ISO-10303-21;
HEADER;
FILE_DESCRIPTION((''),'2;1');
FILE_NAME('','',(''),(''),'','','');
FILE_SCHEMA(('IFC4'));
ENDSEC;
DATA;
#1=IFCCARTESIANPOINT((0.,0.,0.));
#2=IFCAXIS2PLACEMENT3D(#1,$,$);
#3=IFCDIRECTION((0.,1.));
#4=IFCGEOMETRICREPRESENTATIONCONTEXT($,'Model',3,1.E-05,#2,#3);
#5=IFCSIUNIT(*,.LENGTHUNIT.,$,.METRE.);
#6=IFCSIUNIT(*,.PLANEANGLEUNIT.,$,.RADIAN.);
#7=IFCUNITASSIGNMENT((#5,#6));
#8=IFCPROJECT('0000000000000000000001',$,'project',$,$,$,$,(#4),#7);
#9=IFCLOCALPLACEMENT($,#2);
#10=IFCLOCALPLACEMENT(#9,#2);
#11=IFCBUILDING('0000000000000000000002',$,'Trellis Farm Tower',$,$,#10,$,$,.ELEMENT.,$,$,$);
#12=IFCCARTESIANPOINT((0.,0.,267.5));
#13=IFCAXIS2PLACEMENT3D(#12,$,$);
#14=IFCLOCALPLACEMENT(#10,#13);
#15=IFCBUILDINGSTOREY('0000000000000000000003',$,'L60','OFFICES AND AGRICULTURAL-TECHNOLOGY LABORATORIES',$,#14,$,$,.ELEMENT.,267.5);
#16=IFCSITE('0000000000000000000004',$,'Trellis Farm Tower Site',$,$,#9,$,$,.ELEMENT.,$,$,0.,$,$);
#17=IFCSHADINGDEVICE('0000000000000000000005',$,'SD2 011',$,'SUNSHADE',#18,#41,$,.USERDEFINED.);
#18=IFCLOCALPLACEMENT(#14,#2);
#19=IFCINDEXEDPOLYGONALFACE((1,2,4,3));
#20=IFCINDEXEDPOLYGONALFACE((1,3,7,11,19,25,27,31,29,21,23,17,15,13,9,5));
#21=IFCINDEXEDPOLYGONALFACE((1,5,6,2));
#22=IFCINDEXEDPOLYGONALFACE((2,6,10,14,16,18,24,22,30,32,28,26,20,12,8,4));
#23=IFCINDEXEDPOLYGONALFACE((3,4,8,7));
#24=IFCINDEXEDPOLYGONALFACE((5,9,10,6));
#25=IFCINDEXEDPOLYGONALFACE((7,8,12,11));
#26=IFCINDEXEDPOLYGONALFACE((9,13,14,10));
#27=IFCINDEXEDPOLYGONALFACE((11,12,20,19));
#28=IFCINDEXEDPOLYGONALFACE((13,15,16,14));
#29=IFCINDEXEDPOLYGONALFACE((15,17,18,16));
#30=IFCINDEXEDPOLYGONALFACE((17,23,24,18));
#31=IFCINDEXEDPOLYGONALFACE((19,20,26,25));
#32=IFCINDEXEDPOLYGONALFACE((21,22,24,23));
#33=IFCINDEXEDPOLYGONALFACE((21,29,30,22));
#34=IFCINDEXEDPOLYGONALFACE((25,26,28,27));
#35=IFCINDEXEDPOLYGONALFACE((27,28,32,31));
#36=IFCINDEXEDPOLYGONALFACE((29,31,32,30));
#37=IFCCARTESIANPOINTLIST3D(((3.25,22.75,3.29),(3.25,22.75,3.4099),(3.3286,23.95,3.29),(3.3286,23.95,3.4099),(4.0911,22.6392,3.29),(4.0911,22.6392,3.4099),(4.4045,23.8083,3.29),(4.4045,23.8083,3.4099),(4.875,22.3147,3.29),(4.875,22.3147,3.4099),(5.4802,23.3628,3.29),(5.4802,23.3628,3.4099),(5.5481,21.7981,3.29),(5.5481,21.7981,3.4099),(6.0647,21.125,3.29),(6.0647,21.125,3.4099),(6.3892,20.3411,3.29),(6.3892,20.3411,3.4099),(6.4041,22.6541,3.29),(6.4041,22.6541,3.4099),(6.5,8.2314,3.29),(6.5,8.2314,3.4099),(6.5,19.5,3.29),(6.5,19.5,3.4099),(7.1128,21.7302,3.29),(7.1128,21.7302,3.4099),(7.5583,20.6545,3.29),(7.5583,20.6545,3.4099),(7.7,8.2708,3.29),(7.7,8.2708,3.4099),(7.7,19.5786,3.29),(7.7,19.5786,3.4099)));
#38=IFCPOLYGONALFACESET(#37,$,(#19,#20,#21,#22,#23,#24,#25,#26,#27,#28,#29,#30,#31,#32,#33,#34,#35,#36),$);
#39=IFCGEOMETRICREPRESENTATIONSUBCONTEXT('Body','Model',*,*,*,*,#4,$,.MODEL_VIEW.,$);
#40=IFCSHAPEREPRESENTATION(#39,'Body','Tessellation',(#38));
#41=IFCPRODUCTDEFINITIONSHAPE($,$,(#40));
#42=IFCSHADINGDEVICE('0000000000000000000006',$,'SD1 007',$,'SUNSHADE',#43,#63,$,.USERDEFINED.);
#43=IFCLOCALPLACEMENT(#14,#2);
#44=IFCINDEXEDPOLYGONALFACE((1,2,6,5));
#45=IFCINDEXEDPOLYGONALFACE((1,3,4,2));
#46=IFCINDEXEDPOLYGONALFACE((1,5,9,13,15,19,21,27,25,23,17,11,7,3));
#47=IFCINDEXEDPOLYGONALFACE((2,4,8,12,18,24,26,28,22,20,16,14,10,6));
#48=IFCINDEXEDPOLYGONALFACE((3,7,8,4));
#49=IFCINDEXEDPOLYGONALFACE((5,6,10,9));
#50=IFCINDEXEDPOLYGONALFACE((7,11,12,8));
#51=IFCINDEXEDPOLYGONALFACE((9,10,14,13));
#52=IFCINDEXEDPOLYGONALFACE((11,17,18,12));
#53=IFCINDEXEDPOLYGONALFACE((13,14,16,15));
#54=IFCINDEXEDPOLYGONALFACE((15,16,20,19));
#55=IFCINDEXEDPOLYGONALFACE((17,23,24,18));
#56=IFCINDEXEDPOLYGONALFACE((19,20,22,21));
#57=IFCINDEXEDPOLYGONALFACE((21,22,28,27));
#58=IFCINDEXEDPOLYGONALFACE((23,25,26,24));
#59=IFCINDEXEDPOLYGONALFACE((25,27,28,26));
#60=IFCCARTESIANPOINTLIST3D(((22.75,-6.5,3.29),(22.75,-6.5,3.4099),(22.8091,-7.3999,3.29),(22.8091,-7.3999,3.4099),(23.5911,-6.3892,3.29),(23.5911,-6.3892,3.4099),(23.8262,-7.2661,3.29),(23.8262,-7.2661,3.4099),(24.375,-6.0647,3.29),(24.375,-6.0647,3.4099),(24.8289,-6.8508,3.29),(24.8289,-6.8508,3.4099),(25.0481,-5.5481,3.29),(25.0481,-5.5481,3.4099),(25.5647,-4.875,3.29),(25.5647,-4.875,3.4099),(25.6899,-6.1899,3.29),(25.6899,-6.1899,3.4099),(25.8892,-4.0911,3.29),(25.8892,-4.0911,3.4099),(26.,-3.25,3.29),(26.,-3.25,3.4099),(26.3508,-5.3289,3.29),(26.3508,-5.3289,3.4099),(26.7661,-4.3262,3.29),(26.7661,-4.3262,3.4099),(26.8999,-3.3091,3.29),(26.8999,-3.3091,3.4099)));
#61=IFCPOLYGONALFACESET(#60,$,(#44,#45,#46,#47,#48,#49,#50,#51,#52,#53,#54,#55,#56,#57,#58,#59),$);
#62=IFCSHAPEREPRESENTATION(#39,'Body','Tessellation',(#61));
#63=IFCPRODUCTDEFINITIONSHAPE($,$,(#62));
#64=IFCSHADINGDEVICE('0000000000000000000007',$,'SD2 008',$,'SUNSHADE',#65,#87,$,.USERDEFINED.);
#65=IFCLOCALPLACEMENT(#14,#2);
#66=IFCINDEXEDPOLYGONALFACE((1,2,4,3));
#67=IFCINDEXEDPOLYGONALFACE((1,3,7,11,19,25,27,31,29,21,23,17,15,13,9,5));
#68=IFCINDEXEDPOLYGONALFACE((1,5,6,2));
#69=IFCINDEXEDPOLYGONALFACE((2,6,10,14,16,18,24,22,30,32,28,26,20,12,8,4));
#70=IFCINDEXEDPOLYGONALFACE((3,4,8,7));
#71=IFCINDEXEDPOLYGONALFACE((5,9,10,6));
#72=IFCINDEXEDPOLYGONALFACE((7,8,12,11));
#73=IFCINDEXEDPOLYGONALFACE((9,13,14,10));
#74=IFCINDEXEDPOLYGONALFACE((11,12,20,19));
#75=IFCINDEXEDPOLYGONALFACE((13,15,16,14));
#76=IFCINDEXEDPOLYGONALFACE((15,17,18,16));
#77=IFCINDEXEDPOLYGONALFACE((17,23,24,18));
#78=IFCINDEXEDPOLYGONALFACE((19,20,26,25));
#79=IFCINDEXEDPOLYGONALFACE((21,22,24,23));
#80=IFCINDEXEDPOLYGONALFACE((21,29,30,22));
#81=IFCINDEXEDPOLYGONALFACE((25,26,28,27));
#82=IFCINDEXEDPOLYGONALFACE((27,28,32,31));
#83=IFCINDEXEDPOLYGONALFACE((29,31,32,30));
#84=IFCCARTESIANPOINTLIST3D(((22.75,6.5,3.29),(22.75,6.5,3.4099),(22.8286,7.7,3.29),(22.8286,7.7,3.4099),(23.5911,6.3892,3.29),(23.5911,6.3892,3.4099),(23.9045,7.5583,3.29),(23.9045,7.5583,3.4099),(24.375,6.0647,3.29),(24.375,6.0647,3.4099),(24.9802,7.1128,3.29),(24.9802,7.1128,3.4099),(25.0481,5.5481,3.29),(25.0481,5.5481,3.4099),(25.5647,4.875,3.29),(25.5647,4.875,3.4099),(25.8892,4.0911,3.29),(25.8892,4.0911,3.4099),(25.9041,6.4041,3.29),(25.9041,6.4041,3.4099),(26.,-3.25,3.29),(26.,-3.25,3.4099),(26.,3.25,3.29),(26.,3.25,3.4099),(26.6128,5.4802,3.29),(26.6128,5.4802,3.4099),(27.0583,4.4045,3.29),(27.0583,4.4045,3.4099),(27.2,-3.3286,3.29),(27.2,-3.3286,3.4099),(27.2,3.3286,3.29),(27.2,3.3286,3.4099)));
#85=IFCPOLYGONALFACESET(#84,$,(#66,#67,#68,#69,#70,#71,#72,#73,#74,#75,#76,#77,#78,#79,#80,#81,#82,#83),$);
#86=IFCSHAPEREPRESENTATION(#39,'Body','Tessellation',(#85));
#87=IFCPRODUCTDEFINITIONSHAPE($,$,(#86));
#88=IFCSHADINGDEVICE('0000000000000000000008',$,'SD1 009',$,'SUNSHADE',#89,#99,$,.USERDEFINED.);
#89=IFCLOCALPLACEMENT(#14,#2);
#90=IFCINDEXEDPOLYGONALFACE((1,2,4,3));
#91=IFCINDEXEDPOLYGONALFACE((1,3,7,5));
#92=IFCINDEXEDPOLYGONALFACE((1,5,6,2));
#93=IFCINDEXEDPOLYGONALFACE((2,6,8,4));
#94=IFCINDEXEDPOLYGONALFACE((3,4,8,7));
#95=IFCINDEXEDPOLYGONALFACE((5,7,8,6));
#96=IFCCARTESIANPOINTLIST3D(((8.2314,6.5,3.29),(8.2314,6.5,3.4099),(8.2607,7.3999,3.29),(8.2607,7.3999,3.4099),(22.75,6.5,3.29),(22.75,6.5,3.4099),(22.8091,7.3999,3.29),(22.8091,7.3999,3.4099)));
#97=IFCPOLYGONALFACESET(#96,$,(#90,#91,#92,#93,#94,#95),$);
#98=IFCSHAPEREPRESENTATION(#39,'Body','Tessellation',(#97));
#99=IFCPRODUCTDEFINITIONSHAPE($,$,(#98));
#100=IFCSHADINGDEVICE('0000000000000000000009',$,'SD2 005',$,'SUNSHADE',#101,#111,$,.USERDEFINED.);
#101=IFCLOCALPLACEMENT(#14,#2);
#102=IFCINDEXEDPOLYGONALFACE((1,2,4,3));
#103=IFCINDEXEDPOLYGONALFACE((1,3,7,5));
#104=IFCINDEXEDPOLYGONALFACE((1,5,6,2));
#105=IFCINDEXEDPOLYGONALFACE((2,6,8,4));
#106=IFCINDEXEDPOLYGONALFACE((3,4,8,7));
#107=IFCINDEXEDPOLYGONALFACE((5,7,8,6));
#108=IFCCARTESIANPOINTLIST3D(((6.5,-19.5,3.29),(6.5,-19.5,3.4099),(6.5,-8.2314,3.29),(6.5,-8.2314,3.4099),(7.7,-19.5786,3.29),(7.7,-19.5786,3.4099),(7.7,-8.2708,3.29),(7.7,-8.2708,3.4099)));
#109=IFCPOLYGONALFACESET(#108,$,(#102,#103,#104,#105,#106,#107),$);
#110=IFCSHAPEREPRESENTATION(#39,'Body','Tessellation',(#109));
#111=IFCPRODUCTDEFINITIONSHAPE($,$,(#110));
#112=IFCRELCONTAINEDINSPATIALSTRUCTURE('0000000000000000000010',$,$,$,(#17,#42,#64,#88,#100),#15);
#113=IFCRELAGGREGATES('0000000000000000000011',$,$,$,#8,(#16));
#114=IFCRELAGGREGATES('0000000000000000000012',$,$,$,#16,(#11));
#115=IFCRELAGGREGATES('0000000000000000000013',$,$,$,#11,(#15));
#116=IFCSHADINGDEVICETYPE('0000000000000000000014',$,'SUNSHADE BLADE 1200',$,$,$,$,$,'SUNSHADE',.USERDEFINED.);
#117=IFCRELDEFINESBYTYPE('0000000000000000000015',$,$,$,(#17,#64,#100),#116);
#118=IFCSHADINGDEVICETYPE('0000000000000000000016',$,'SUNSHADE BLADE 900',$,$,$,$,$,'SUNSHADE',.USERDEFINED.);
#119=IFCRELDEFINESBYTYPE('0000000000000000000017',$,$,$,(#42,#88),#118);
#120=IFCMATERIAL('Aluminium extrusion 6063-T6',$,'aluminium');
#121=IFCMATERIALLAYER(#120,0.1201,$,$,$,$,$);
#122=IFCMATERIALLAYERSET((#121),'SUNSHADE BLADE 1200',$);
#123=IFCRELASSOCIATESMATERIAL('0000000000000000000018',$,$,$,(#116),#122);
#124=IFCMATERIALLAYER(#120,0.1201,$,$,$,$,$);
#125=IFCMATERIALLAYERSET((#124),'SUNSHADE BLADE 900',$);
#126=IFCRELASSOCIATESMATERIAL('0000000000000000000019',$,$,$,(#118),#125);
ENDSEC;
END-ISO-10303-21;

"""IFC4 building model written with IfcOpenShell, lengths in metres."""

from ifc_helpers import new_model, si_unit, direction, frame, origin, place, context, subcontext, project, spatial, polyline, outline, extrude, source, transform, mapped, material, layer, layer_set, type_object, element, save


model = new_model("IFC4")

# Units and contexts
model_context = context("Model", 3, precision=1e-05, world=origin(), true_north=direction((0.0, 1.0)))
body_context = subcontext(model_context, "Body", "Model", "MODEL_VIEW")
ifc_project = project(units=[si_unit("LENGTHUNIT", "METRE"), si_unit("PLANEANGLEUNIT", "RADIAN")], contexts=[model_context])

# Site, building, storey
site_placement = place(None, origin())
site = spatial("IfcSite", under=ifc_project, at=site_placement, Name="Trellis Farm Tower Site", CompositionType="ELEMENT", RefElevation=0.0)
building_placement = place(site_placement, origin())
building = spatial("IfcBuilding", under=site, at=building_placement, Name="Trellis Farm Tower", CompositionType="ELEMENT")
storey_placement = place(building_placement, frame((0.0, 0.0, 267.5)))
storey = spatial("IfcBuildingStorey", under=building, at=storey_placement, Name="L60", Description="OFFICES AND AGRICULTURAL-TECHNOLOGY LABORATORIES", CompositionType="ELEMENT", Elevation=267.5)

# Shared definitions
ifc_material_1 = material(Name="Aluminium extrusion 6063-T6", Category="aluminium")

# Shading devices
ifc_layer_1 = layer(ifc_material_1, 0.1201)
ifc_layer_set_1 = layer_set([ifc_layer_1], Name="SUNSHADE BLADE 1200")
shading_device_type_1 = type_object("IfcShadingDeviceType", Name="SUNSHADE BLADE 1200", ElementType="SUNSHADE", PredefinedType="USERDEFINED", material=ifc_layer_set_1)
placement_1 = place(storey_placement, frame((0.0, 0.0, 3.29)))
ifc_layer_2 = layer(ifc_material_1, 0.1201)
ifc_layer_set_2 = layer_set([ifc_layer_2], Name="SUNSHADE BLADE 900")
shading_device_type_2 = type_object("IfcShadingDeviceType", Name="SUNSHADE BLADE 900", ElementType="SUNSHADE", PredefinedType="USERDEFINED", material=ifc_layer_set_2)
shared_shape_1 = source(origin(), body_context, "Body", "SweptSolid", [
    extrude(outline(polyline([(7.7, 8.2708), (7.7, 19.5786), (7.5583, 20.6545), (7.1128, 21.7302), (6.4041, 22.6541), (5.4802, 23.3628), (4.4045, 23.8083), (3.3286, 23.95), (3.25, 22.75), (4.0911, 22.6392), (4.875, 22.3147), (5.5481, 21.7981), (6.0647, 21.125), (6.3892, 20.3411), (6.5, 19.5), (6.5, 8.2314), (7.7, 8.2708)])), origin(), (0.0, 0.0, 1.0), 0.1199),
])
element("IfcShadingDevice", 1, at=placement_1, inside=storey, type_object=shading_device_type_1, Name="SD2 011", ObjectType="SUNSHADE", PredefinedType="USERDEFINED", context=body_context, shape_type="MappedRepresentation", body=[
    mapped(shared_shape_1, transform((0.0, 0.0, 0.0))),
])
shared_shape_2 = source(origin(), body_context, "Body", "SweptSolid", [
    extrude(outline(polyline([(22.8091, -7.3999), (23.8262, -7.2661), (24.8289, -6.8508), (25.6899, -6.1899), (26.3508, -5.3289), (26.7661, -4.3262), (26.8999, -3.3091), (26.0, -3.25), (25.8892, -4.0911), (25.5647, -4.875), (25.0481, -5.5481), (24.375, -6.0647), (23.5911, -6.3892), (22.75, -6.5), (22.8091, -7.3999)])), origin(), (0.0, 0.0, 1.0), 0.1199),
])
element("IfcShadingDevice", 2, at=placement_1, inside=storey, type_object=shading_device_type_2, Name="SD1 007", ObjectType="SUNSHADE", PredefinedType="USERDEFINED", context=body_context, shape_type="MappedRepresentation", body=[
    mapped(shared_shape_2, transform((0.0, 0.0, 0.0))),
])
shared_shape_3 = source(origin(), body_context, "Body", "SweptSolid", [
    extrude(outline(polyline([(27.2, -3.3286), (27.2, 3.3286), (27.0583, 4.4045), (26.6128, 5.4802), (25.9041, 6.4041), (24.9802, 7.1128), (23.9045, 7.5583), (22.8286, 7.7), (22.75, 6.5), (23.5911, 6.3892), (24.375, 6.0647), (25.0481, 5.5481), (25.5647, 4.875), (25.8892, 4.0911), (26.0, 3.25), (26.0, -3.25), (27.2, -3.3286)])), origin(), (0.0, 0.0, 1.0), 0.1199),
])
element("IfcShadingDevice", 3, at=placement_1, inside=storey, type_object=shading_device_type_1, Name="SD2 008", ObjectType="SUNSHADE", PredefinedType="USERDEFINED", context=body_context, shape_type="MappedRepresentation", body=[
    mapped(shared_shape_3, transform((0.0, 0.0, 0.0))),
])
shared_shape_4 = source(origin(), body_context, "Body", "SweptSolid", [
    extrude(outline(polyline([(22.8091, 7.3999), (8.2607, 7.3999), (8.2314, 6.5), (22.75, 6.5), (22.8091, 7.3999)])), origin(), (0.0, 0.0, 1.0), 0.1199),
])
element("IfcShadingDevice", 4, at=placement_1, inside=storey, type_object=shading_device_type_2, Name="SD1 009", ObjectType="SUNSHADE", PredefinedType="USERDEFINED", context=body_context, shape_type="MappedRepresentation", body=[
    mapped(shared_shape_4, transform((0.0, 0.0, 0.0))),
])
shared_shape_5 = source(origin(), body_context, "Body", "SweptSolid", [
    extrude(outline(polyline([(7.7, -19.5786), (7.7, -8.2708), (6.5, -8.2314), (6.5, -19.5), (7.7, -19.5786)])), origin(), (0.0, 0.0, 1.0), 0.1199),
])
element("IfcShadingDevice", 5, at=placement_1, inside=storey, type_object=shading_device_type_1, Name="SD2 005", ObjectType="SUNSHADE", PredefinedType="USERDEFINED", context=body_context, shape_type="MappedRepresentation", body=[
    mapped(shared_shape_5, transform((0.0, 0.0, 0.0))),
])

save(model, "model.ifc")
